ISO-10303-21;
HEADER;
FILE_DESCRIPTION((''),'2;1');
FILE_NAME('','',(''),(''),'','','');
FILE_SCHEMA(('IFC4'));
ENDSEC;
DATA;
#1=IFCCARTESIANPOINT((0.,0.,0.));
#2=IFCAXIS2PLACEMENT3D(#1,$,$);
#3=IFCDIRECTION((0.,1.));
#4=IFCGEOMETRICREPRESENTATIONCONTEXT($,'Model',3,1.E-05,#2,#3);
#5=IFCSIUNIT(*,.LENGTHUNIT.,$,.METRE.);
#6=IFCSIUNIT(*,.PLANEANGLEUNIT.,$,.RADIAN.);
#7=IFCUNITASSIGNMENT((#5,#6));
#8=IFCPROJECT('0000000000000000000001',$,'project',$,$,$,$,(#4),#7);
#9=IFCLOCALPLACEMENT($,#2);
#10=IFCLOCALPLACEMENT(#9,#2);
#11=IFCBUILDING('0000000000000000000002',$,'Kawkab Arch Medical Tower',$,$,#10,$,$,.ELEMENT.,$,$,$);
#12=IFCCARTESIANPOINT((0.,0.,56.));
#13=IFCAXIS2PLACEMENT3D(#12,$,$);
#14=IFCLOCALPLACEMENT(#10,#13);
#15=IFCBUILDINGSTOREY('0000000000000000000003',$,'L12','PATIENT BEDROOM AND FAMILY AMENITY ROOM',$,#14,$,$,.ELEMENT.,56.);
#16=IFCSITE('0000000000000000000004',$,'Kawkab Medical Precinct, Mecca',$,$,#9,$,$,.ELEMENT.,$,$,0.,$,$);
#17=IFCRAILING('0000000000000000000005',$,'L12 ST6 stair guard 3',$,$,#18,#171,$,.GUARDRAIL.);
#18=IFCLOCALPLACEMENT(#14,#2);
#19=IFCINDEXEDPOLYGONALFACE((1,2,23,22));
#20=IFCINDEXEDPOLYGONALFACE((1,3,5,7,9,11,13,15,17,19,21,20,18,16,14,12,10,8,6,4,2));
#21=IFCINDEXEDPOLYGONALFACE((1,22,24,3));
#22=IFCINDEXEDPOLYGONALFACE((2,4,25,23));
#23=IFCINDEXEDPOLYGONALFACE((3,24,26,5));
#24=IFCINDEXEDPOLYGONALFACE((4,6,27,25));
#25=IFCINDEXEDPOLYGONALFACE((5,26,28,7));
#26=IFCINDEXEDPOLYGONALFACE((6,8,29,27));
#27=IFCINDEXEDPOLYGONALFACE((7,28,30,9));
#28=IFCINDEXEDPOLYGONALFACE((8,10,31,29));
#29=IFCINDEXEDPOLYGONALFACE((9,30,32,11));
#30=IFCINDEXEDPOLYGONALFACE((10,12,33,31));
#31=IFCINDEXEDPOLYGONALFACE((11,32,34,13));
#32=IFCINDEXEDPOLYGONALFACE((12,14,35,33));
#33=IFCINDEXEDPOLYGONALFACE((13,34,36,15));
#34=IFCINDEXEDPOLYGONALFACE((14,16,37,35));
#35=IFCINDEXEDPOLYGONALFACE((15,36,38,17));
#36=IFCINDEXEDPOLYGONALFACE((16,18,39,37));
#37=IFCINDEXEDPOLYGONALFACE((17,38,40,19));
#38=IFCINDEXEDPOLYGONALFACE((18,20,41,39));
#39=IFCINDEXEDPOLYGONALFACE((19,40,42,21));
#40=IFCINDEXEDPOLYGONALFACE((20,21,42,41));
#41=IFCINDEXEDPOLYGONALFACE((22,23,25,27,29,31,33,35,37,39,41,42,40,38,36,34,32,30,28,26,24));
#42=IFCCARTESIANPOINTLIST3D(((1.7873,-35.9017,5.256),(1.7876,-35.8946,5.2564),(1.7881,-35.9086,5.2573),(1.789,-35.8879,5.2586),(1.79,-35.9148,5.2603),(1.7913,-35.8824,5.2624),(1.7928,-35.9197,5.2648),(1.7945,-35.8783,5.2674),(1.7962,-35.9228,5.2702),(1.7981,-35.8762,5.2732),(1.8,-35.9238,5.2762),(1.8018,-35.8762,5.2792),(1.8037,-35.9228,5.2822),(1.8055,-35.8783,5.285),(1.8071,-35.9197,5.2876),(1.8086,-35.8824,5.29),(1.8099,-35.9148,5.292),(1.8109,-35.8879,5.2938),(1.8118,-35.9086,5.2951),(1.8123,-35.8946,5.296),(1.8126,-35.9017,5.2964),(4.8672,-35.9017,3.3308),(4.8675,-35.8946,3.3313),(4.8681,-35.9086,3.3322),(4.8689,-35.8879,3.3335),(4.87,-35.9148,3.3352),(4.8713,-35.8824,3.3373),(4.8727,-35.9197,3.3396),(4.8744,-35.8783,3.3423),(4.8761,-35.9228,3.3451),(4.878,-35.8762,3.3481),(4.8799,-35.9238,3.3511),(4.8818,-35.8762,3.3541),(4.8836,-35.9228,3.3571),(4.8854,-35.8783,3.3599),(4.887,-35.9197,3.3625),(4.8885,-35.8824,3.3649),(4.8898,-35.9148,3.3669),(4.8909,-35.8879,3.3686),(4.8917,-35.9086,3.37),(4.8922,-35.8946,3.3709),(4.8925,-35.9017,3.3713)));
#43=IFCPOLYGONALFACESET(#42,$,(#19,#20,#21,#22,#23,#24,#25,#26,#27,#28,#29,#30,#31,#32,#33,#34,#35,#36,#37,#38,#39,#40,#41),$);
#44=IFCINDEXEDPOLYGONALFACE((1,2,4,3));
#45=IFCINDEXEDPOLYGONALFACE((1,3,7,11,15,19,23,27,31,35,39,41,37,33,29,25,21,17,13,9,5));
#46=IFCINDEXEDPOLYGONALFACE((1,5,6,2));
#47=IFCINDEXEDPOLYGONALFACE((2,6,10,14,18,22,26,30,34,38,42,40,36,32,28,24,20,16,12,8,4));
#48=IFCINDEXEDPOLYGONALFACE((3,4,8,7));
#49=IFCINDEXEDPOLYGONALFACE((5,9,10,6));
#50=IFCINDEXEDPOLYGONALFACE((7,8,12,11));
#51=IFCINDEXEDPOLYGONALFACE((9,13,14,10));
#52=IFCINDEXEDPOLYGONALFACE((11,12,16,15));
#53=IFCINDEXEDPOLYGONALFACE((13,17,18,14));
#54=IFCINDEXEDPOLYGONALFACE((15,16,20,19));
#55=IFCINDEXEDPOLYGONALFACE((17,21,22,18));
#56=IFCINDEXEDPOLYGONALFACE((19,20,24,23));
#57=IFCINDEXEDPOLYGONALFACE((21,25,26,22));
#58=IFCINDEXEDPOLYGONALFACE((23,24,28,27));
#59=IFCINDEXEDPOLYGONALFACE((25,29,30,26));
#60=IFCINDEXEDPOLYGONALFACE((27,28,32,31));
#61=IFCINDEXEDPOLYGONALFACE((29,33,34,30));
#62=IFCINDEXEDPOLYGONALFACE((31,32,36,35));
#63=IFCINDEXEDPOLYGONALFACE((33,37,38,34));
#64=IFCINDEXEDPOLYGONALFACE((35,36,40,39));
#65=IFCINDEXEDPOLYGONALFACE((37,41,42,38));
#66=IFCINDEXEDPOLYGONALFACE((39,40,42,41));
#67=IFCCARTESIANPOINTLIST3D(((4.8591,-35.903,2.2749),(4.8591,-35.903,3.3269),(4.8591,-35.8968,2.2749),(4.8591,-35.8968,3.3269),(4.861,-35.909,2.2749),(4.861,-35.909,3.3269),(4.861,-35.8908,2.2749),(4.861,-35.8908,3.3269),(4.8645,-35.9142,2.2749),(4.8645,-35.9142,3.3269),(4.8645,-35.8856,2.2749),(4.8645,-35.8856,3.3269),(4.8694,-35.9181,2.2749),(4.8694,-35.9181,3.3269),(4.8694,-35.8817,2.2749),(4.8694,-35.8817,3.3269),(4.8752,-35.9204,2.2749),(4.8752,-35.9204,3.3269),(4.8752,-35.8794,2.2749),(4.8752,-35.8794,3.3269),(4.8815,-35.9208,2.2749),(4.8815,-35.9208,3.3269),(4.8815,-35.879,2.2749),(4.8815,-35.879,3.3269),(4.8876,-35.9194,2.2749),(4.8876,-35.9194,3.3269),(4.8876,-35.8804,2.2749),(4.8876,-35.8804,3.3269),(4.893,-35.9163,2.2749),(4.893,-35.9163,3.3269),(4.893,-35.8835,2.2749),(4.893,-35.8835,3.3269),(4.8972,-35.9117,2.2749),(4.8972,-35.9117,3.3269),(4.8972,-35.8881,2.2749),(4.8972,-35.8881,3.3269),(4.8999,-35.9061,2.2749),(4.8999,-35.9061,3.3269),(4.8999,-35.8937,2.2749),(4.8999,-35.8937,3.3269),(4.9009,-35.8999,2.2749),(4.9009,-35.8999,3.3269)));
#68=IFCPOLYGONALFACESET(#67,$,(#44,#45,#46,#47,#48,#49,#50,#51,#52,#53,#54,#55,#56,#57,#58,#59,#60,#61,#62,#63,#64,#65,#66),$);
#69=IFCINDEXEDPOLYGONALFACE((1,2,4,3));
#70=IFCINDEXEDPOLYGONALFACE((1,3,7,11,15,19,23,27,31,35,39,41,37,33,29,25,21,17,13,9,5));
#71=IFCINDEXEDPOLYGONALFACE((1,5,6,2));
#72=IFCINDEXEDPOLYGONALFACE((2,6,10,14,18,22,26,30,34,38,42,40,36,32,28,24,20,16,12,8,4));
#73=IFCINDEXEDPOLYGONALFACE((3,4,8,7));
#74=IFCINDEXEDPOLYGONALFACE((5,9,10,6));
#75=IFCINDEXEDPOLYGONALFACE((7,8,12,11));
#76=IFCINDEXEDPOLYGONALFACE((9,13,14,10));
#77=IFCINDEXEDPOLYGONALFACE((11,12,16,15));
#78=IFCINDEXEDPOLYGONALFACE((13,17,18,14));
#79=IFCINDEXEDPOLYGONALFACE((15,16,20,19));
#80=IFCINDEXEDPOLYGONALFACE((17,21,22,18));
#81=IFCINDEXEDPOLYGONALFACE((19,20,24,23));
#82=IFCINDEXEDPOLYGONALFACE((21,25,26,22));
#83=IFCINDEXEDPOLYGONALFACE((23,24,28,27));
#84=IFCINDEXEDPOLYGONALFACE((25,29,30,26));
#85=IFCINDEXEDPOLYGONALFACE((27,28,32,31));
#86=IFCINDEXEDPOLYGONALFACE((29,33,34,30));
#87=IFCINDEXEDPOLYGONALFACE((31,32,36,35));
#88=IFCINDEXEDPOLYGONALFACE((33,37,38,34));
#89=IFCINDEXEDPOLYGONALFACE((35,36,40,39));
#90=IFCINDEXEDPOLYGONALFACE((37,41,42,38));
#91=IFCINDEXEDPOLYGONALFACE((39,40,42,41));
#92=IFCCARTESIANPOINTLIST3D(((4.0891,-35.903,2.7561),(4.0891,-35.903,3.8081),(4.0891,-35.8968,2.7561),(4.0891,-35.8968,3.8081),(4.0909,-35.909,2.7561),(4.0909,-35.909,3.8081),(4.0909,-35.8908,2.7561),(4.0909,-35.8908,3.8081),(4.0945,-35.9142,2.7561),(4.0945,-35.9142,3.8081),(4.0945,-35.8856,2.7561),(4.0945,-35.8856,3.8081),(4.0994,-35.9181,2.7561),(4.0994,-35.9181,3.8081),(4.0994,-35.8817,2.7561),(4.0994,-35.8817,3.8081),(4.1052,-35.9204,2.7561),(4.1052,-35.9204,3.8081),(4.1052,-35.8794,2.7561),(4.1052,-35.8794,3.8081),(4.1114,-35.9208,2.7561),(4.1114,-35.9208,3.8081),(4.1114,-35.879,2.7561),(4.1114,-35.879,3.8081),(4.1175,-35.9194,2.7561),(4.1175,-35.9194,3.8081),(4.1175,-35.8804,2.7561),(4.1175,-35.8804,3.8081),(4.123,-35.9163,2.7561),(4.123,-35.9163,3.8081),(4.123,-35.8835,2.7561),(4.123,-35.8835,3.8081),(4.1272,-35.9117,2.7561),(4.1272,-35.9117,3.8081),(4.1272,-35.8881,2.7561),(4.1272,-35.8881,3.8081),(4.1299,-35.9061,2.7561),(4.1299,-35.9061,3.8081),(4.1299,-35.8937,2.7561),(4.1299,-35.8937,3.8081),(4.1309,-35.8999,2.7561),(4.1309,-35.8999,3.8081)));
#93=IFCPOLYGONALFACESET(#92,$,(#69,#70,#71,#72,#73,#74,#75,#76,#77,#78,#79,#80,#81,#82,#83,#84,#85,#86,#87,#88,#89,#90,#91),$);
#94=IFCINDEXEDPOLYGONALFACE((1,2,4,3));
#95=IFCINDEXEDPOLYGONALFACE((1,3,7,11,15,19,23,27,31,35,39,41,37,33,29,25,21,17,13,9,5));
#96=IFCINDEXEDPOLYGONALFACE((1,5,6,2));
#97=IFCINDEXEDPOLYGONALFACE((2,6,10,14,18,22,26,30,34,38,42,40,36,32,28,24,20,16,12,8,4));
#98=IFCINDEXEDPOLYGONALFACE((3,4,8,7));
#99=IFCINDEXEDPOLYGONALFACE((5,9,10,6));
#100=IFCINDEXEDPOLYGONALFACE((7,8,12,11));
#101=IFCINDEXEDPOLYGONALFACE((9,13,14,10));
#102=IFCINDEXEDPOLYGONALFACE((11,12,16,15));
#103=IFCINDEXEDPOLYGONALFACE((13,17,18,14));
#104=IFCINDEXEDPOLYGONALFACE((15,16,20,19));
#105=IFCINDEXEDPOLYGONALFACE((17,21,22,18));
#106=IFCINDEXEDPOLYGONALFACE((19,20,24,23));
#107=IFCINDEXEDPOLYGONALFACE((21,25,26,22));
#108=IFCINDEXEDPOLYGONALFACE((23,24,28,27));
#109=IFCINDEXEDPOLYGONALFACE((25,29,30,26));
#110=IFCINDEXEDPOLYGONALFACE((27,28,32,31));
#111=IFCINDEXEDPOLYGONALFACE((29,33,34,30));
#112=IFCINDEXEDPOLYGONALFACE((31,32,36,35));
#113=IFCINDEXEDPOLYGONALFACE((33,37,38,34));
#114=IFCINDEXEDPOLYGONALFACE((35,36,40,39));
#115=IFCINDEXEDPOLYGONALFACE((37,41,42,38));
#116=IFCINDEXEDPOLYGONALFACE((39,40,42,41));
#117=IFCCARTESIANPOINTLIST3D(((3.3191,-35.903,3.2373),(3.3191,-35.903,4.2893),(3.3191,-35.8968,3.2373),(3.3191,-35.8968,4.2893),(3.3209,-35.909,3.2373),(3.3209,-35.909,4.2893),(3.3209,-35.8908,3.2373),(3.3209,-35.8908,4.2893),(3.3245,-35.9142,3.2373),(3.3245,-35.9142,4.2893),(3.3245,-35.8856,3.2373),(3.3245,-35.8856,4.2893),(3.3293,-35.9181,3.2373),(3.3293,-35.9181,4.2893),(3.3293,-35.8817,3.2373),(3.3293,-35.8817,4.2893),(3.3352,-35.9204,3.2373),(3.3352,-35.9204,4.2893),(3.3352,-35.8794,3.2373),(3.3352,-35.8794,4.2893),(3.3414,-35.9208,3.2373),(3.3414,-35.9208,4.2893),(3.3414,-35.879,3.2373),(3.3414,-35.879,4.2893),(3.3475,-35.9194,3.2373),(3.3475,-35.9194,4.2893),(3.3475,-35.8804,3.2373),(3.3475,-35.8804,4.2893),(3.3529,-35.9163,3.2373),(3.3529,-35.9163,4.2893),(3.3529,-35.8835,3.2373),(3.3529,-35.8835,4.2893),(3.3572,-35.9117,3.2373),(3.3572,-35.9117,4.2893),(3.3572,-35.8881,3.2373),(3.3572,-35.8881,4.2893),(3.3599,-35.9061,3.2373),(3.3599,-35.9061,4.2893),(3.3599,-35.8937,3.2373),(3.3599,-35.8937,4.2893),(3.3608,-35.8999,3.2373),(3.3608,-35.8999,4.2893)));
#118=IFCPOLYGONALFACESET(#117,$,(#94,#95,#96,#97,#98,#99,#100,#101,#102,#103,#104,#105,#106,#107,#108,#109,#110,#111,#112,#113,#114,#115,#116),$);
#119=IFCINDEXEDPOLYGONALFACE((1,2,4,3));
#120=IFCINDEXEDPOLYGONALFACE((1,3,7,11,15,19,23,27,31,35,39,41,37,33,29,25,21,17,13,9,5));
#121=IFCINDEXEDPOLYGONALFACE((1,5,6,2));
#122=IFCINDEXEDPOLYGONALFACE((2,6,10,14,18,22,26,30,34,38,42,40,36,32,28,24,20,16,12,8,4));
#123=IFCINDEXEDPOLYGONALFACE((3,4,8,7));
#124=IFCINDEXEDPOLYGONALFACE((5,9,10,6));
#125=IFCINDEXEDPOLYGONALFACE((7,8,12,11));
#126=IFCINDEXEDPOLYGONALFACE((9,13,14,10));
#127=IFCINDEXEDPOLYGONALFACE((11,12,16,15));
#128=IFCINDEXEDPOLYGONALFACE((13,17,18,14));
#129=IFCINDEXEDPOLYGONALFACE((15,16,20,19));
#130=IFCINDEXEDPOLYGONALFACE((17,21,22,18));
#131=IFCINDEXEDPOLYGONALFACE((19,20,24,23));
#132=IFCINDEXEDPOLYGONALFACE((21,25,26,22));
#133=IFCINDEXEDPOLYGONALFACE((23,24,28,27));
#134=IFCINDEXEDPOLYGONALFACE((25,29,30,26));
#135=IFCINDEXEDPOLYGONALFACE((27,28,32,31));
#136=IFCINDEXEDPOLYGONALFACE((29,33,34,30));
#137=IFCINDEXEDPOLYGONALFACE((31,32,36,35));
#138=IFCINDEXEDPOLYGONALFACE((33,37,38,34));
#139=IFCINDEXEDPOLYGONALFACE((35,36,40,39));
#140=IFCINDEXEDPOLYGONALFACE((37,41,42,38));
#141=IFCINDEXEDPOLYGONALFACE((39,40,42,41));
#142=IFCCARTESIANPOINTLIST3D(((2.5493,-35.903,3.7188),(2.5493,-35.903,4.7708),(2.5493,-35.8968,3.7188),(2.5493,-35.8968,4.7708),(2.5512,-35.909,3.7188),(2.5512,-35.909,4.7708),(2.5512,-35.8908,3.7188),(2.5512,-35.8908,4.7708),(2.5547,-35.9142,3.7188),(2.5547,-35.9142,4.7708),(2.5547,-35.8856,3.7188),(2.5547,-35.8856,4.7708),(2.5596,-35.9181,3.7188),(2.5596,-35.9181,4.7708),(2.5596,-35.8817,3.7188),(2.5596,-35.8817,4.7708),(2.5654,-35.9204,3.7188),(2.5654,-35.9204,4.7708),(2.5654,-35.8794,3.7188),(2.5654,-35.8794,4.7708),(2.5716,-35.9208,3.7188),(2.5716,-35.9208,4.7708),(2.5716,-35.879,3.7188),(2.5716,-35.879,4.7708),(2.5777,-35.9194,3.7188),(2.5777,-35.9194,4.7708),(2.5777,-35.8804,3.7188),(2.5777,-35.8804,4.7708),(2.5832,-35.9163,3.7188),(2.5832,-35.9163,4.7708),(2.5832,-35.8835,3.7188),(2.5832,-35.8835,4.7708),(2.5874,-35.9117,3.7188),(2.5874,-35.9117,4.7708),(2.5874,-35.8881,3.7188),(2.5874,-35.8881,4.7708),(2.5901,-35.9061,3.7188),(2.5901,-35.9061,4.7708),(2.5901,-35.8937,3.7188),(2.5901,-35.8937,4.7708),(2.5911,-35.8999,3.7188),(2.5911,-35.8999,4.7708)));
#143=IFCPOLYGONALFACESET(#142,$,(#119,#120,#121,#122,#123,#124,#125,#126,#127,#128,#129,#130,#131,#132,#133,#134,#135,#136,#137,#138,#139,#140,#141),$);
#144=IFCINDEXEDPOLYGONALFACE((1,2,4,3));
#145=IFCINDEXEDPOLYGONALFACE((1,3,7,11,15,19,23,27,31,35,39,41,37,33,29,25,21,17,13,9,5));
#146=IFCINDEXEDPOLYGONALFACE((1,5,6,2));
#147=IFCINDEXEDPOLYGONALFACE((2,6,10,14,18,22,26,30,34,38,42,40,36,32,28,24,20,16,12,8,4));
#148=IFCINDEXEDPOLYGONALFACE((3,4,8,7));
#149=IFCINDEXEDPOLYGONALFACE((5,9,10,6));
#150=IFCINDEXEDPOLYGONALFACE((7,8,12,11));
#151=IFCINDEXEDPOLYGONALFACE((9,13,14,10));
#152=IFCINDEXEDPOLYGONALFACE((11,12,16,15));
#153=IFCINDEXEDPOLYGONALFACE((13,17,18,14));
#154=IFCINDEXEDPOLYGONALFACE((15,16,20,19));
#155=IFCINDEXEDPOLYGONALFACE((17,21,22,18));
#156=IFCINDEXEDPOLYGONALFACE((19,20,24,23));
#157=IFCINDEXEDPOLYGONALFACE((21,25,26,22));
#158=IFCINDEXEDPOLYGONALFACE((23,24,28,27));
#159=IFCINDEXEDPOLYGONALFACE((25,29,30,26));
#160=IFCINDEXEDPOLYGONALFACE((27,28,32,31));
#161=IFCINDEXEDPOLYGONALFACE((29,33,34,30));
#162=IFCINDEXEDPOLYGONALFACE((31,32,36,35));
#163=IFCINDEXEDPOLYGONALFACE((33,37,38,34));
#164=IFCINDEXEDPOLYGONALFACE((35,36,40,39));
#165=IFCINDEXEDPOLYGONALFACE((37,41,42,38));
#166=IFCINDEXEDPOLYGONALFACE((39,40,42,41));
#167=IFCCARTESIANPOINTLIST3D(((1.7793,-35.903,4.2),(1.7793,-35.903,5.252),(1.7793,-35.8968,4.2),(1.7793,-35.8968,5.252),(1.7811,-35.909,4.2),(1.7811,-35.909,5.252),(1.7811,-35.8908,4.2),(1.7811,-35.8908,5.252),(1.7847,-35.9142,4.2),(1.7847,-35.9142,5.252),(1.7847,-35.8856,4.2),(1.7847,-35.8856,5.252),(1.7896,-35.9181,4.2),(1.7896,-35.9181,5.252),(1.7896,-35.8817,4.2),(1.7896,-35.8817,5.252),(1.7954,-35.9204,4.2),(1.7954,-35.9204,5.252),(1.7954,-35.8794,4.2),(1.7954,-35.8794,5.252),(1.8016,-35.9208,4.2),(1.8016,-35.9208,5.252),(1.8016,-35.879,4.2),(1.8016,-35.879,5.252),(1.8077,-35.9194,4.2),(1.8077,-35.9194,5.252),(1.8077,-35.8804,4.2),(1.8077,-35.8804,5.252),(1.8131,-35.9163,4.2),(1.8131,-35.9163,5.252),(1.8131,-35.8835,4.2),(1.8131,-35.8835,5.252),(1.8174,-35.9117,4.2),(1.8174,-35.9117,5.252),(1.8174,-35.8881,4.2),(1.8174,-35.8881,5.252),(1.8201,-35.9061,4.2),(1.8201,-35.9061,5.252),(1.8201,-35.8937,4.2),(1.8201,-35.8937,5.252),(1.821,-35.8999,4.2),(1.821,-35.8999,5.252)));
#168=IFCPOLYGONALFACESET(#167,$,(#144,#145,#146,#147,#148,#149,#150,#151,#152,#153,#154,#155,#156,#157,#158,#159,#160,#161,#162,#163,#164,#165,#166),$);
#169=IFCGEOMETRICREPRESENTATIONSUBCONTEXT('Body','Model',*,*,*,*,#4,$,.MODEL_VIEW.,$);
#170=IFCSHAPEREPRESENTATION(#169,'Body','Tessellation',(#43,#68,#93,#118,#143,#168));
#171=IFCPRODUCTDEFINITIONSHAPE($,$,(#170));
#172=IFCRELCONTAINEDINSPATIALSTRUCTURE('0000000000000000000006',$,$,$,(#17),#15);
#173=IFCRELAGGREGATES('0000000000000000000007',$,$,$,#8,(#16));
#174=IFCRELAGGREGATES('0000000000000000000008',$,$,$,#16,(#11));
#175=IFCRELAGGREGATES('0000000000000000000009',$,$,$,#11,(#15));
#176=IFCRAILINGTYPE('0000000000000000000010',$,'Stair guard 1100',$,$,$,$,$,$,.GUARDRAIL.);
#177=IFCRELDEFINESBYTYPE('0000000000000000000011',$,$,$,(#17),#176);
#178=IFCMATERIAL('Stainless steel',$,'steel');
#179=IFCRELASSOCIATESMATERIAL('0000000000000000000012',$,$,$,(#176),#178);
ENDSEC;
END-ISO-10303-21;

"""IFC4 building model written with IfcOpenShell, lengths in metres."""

from ifc_helpers import new_model, si_unit, direction, frame, origin, origin_2d, place, context, subcontext, project, spatial, circle, extrude, material, type_object, element, save


model = new_model("IFC4")

# Units and contexts
model_context = context("Model", 3, precision=1e-05, world=origin(), true_north=direction((0.0, 1.0)))
body_context = subcontext(model_context, "Body", "Model", "MODEL_VIEW")
ifc_project = project(units=[si_unit("LENGTHUNIT", "METRE"), si_unit("PLANEANGLEUNIT", "RADIAN")], contexts=[model_context])

# Site, building, storey
site_placement = place(None, origin())
site = spatial("IfcSite", under=ifc_project, at=site_placement, Name="Kawkab Medical Precinct, Mecca", CompositionType="ELEMENT", RefElevation=0.0)
building_placement = place(site_placement, origin())
building = spatial("IfcBuilding", under=site, at=building_placement, Name="Kawkab Arch Medical Tower", CompositionType="ELEMENT")
storey_placement = place(building_placement, frame((0.0, 0.0, 56.0)))
storey = spatial("IfcBuildingStorey", under=building, at=storey_placement, Name="L12", Description="PATIENT BEDROOM AND FAMILY AMENITY ROOM", CompositionType="ELEMENT", Elevation=56.0)

# Railing
ifc_material_1 = material(Name="Stainless steel", Category="steel")
railing_type = type_object("IfcRailingType", Name="Stair guard 1100", PredefinedType="GUARDRAIL", material=ifc_material_1)
railing_1_placement = place(storey_placement, frame((4.8799, -35.8999, 2.2749)))
element("IfcRailing", 1, at=railing_1_placement, inside=storey, type_object=railing_type, Name="L12 ST6 stair guard 3", PredefinedType="GUARDRAIL", context=body_context, shape_type="SweptSolid", body=[
    extrude(circle(Radius=0.0239, at=origin_2d()), frame((0.0, 0.0, 1.0762), z_axis=(-0.847979, 0.0, 0.530029), x_axis=(0.0, -1.0, 0.0)), (0.0, 0.0, 1.0), 3.6321),
    extrude(circle(Radius=0.021, at=origin_2d()), origin(), (0.0, 0.0, 1.0), 1.052),
    extrude(circle(Radius=0.021, at=origin_2d()), frame((-0.77, 0.0, 0.4812)), (0.0, 0.0, 1.0), 1.052),
    extrude(circle(Radius=0.021, at=origin_2d()), frame((-1.54, 0.0, 0.9624)), (0.0, 0.0, 1.0), 1.052),
    extrude(circle(Radius=0.021, at=origin_2d()), frame((-2.3098, 0.0, 1.4438)), (0.0, 0.0, 1.0), 1.052),
    extrude(circle(Radius=0.021, at=origin_2d()), frame((-3.0798, 0.0, 1.925)), (0.0, 0.0, 1.0), 1.052),
])

save(model, "model.ifc")
